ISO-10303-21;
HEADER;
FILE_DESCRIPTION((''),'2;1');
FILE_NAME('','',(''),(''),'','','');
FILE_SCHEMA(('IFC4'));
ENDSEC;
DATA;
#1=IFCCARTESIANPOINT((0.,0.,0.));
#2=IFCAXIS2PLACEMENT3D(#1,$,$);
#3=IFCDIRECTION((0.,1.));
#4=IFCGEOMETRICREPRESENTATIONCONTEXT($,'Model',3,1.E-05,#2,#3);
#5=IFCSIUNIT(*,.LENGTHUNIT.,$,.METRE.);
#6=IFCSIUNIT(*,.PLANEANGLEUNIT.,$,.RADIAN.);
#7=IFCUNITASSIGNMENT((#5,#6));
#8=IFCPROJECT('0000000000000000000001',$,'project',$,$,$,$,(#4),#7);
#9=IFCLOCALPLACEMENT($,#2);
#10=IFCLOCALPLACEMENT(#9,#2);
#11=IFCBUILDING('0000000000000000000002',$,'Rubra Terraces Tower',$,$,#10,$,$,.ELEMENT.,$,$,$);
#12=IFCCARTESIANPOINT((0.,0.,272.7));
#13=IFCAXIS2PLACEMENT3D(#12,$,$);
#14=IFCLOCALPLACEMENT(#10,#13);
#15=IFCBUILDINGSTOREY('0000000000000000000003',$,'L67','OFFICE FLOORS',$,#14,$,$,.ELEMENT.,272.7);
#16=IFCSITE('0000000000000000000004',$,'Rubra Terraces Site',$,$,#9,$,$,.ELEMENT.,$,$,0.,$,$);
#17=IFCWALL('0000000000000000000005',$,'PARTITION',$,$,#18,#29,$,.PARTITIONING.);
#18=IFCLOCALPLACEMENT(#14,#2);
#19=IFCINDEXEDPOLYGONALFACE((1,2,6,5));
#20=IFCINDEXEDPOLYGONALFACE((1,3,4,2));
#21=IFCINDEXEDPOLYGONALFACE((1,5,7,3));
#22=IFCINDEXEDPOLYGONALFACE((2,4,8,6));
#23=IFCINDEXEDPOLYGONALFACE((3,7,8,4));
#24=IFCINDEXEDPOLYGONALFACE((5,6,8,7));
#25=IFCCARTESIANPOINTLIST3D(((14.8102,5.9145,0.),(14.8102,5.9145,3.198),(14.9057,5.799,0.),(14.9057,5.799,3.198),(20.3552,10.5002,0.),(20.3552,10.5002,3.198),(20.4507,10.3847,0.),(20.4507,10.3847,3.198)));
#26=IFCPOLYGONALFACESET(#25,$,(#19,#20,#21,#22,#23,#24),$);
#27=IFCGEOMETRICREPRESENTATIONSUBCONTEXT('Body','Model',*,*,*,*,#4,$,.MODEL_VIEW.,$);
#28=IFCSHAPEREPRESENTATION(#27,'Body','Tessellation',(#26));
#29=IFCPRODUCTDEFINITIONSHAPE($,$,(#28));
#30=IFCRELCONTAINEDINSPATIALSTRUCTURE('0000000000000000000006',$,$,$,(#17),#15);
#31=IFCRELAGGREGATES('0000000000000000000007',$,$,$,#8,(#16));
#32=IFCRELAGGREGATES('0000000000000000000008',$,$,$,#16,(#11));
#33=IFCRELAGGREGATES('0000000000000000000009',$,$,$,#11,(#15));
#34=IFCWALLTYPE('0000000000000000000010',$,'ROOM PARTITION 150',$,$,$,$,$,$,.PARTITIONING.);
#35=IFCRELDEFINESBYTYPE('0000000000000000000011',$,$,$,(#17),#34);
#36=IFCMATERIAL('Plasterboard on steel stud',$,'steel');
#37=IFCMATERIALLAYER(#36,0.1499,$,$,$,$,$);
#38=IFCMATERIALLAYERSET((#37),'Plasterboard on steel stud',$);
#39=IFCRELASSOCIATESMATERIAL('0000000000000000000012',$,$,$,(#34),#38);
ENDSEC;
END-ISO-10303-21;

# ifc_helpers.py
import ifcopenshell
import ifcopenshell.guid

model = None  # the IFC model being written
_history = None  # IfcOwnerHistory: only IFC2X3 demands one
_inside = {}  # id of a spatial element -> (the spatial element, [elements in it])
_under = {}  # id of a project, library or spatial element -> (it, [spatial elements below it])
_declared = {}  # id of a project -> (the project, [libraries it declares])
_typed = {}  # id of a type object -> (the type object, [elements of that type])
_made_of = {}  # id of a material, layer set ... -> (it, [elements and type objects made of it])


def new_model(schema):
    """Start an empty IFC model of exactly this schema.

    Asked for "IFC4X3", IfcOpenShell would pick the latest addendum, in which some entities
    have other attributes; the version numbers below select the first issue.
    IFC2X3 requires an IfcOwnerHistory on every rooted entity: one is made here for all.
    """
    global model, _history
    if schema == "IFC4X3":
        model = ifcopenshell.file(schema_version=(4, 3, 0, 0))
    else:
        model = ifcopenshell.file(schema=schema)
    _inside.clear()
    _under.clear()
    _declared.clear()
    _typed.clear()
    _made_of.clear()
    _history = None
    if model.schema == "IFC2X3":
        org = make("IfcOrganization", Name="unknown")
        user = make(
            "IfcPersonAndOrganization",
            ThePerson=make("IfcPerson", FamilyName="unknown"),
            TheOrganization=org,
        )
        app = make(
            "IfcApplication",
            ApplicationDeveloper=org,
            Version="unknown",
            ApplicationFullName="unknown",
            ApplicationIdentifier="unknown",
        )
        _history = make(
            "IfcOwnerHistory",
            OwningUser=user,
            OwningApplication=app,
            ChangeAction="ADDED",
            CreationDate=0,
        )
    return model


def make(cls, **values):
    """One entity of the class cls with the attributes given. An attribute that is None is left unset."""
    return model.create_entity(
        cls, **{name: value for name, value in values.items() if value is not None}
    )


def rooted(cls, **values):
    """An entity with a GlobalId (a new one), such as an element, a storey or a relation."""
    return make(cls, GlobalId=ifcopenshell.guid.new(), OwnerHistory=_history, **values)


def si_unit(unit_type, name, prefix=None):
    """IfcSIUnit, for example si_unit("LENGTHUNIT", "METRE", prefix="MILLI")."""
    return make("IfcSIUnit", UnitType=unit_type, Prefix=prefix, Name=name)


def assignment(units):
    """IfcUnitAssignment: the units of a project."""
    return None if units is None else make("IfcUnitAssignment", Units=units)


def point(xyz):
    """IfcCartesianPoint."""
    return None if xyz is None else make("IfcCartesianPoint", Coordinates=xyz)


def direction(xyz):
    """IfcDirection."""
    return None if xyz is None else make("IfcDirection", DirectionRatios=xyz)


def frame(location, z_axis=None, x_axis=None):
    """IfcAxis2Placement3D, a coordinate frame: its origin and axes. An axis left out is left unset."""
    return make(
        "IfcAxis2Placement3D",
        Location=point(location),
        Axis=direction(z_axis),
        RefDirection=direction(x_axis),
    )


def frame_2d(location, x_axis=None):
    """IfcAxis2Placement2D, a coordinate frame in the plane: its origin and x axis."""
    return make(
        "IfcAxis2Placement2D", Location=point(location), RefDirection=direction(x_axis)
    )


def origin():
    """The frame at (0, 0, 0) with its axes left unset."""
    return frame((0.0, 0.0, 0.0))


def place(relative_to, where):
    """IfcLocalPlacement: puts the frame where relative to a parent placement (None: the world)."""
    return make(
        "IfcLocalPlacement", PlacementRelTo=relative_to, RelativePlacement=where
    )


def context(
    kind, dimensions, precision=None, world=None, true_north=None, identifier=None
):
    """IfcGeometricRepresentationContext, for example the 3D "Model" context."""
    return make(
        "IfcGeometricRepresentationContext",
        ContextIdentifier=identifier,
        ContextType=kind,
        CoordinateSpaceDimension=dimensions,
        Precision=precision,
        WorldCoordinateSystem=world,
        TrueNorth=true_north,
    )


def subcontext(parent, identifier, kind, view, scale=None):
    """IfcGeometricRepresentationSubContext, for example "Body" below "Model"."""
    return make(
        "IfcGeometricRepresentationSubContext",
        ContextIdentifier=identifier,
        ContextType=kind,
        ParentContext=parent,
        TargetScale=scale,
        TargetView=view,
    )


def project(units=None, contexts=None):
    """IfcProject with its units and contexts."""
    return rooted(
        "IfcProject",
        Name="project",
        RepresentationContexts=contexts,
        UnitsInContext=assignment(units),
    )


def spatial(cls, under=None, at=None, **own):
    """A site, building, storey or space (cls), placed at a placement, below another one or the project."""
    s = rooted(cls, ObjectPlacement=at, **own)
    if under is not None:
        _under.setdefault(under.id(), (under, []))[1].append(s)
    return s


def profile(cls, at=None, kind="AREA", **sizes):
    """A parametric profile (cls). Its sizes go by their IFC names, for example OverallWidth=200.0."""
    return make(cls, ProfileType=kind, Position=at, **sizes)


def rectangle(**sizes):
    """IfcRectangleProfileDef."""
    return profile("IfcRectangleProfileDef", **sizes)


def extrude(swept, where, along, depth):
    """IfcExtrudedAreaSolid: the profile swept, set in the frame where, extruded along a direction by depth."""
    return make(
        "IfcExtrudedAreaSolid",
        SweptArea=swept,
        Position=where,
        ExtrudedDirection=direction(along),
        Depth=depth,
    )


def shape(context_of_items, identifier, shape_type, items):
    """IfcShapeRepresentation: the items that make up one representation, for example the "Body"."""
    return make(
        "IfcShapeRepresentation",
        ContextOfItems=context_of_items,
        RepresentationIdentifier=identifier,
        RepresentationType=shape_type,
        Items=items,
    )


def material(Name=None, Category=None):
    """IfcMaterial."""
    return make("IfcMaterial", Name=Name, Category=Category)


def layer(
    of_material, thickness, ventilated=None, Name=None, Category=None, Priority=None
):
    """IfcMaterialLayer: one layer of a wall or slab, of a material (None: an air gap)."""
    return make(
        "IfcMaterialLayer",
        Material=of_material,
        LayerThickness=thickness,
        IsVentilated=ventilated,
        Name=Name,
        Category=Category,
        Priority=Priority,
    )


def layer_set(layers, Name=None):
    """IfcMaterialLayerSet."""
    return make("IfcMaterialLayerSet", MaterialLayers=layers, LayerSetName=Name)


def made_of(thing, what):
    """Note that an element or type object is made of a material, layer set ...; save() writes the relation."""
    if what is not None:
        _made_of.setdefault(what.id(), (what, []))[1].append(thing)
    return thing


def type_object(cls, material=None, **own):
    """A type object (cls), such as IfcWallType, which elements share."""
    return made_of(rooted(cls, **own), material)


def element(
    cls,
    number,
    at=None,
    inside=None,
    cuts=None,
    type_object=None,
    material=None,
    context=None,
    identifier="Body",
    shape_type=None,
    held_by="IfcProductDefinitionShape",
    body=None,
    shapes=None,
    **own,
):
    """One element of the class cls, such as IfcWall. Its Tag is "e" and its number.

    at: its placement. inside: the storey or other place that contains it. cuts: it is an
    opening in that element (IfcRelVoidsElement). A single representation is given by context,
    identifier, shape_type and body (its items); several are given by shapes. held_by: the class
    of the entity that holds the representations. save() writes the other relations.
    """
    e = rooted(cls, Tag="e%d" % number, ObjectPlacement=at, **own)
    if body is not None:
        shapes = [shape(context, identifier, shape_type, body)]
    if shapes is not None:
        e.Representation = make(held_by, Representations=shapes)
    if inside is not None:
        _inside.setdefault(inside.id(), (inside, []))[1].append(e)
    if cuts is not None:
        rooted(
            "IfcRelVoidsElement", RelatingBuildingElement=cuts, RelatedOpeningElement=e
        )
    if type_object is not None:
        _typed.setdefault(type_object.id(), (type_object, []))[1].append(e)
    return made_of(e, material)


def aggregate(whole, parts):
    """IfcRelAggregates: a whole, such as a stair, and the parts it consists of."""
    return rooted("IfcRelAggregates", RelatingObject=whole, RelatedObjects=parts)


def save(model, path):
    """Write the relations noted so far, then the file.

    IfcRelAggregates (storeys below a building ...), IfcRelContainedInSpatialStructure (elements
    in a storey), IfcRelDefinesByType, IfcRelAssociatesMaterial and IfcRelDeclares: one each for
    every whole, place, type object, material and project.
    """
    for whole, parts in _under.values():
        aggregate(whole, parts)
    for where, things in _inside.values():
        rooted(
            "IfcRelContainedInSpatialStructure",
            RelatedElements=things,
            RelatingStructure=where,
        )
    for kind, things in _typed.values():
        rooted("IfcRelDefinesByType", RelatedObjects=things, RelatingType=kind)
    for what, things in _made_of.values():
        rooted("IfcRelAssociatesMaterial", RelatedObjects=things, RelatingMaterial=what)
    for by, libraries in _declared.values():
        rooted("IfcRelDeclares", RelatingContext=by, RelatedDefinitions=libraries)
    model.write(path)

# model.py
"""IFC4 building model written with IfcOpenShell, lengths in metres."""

from ifc_helpers import new_model, si_unit, direction, frame, frame_2d, origin, place, context, subcontext, project, spatial, rectangle, extrude, material, layer, layer_set, type_object, element, save


model = new_model("IFC4")

# Units and contexts
model_context = context("Model", 3, precision=1e-05, world=origin(), true_north=direction((0.0, 1.0)))
body_context = subcontext(model_context, "Body", "Model", "MODEL_VIEW")
ifc_project = project(units=[si_unit("LENGTHUNIT", "METRE"), si_unit("PLANEANGLEUNIT", "RADIAN")], contexts=[model_context])

# Site, building, storey
site_placement = place(None, origin())
site = spatial("IfcSite", under=ifc_project, at=site_placement, Name="Rubra Terraces Site", CompositionType="ELEMENT", RefElevation=0.0)
building_placement = place(site_placement, origin())
building = spatial("IfcBuilding", under=site, at=building_placement, Name="Rubra Terraces Tower", CompositionType="ELEMENT")
storey_placement = place(building_placement, frame((0.0, 0.0, 272.7)))
storey = spatial("IfcBuildingStorey", under=building, at=storey_placement, Name="L67", Description="OFFICE FLOORS", CompositionType="ELEMENT", Elevation=272.7)

# Shared definitions
ifc_material_1 = material(Name="Plasterboard on steel stud", Category="steel")

# Wall
ifc_layer_1 = layer(ifc_material_1, 0.1499)
ifc_layer_set_1 = layer_set([ifc_layer_1], Name="Plasterboard on steel stud")
wall_type_1 = type_object("IfcWallType", Name="ROOM PARTITION 150", PredefinedType="PARTITIONING", material=ifc_layer_set_1)
wall_1_placement = place(storey_placement, frame((20.4028, 10.4424, 0.0), z_axis=(0.0, 0.0, 1.0), x_axis=(-0.770613, -0.637303, 0.0)))
element("IfcWall", 1, at=wall_1_placement, inside=storey, type_object=wall_type_1, Name="PARTITION", PredefinedType="PARTITIONING", context=body_context, shape_type="SweptSolid", body=[
    extrude(rectangle(XDim=7.1956, YDim=0.1499, at=frame_2d((3.5977, 0.0))), origin(), (0.0, 0.0, 1.0), 3.198),
])

save(model, "model.ifc")
